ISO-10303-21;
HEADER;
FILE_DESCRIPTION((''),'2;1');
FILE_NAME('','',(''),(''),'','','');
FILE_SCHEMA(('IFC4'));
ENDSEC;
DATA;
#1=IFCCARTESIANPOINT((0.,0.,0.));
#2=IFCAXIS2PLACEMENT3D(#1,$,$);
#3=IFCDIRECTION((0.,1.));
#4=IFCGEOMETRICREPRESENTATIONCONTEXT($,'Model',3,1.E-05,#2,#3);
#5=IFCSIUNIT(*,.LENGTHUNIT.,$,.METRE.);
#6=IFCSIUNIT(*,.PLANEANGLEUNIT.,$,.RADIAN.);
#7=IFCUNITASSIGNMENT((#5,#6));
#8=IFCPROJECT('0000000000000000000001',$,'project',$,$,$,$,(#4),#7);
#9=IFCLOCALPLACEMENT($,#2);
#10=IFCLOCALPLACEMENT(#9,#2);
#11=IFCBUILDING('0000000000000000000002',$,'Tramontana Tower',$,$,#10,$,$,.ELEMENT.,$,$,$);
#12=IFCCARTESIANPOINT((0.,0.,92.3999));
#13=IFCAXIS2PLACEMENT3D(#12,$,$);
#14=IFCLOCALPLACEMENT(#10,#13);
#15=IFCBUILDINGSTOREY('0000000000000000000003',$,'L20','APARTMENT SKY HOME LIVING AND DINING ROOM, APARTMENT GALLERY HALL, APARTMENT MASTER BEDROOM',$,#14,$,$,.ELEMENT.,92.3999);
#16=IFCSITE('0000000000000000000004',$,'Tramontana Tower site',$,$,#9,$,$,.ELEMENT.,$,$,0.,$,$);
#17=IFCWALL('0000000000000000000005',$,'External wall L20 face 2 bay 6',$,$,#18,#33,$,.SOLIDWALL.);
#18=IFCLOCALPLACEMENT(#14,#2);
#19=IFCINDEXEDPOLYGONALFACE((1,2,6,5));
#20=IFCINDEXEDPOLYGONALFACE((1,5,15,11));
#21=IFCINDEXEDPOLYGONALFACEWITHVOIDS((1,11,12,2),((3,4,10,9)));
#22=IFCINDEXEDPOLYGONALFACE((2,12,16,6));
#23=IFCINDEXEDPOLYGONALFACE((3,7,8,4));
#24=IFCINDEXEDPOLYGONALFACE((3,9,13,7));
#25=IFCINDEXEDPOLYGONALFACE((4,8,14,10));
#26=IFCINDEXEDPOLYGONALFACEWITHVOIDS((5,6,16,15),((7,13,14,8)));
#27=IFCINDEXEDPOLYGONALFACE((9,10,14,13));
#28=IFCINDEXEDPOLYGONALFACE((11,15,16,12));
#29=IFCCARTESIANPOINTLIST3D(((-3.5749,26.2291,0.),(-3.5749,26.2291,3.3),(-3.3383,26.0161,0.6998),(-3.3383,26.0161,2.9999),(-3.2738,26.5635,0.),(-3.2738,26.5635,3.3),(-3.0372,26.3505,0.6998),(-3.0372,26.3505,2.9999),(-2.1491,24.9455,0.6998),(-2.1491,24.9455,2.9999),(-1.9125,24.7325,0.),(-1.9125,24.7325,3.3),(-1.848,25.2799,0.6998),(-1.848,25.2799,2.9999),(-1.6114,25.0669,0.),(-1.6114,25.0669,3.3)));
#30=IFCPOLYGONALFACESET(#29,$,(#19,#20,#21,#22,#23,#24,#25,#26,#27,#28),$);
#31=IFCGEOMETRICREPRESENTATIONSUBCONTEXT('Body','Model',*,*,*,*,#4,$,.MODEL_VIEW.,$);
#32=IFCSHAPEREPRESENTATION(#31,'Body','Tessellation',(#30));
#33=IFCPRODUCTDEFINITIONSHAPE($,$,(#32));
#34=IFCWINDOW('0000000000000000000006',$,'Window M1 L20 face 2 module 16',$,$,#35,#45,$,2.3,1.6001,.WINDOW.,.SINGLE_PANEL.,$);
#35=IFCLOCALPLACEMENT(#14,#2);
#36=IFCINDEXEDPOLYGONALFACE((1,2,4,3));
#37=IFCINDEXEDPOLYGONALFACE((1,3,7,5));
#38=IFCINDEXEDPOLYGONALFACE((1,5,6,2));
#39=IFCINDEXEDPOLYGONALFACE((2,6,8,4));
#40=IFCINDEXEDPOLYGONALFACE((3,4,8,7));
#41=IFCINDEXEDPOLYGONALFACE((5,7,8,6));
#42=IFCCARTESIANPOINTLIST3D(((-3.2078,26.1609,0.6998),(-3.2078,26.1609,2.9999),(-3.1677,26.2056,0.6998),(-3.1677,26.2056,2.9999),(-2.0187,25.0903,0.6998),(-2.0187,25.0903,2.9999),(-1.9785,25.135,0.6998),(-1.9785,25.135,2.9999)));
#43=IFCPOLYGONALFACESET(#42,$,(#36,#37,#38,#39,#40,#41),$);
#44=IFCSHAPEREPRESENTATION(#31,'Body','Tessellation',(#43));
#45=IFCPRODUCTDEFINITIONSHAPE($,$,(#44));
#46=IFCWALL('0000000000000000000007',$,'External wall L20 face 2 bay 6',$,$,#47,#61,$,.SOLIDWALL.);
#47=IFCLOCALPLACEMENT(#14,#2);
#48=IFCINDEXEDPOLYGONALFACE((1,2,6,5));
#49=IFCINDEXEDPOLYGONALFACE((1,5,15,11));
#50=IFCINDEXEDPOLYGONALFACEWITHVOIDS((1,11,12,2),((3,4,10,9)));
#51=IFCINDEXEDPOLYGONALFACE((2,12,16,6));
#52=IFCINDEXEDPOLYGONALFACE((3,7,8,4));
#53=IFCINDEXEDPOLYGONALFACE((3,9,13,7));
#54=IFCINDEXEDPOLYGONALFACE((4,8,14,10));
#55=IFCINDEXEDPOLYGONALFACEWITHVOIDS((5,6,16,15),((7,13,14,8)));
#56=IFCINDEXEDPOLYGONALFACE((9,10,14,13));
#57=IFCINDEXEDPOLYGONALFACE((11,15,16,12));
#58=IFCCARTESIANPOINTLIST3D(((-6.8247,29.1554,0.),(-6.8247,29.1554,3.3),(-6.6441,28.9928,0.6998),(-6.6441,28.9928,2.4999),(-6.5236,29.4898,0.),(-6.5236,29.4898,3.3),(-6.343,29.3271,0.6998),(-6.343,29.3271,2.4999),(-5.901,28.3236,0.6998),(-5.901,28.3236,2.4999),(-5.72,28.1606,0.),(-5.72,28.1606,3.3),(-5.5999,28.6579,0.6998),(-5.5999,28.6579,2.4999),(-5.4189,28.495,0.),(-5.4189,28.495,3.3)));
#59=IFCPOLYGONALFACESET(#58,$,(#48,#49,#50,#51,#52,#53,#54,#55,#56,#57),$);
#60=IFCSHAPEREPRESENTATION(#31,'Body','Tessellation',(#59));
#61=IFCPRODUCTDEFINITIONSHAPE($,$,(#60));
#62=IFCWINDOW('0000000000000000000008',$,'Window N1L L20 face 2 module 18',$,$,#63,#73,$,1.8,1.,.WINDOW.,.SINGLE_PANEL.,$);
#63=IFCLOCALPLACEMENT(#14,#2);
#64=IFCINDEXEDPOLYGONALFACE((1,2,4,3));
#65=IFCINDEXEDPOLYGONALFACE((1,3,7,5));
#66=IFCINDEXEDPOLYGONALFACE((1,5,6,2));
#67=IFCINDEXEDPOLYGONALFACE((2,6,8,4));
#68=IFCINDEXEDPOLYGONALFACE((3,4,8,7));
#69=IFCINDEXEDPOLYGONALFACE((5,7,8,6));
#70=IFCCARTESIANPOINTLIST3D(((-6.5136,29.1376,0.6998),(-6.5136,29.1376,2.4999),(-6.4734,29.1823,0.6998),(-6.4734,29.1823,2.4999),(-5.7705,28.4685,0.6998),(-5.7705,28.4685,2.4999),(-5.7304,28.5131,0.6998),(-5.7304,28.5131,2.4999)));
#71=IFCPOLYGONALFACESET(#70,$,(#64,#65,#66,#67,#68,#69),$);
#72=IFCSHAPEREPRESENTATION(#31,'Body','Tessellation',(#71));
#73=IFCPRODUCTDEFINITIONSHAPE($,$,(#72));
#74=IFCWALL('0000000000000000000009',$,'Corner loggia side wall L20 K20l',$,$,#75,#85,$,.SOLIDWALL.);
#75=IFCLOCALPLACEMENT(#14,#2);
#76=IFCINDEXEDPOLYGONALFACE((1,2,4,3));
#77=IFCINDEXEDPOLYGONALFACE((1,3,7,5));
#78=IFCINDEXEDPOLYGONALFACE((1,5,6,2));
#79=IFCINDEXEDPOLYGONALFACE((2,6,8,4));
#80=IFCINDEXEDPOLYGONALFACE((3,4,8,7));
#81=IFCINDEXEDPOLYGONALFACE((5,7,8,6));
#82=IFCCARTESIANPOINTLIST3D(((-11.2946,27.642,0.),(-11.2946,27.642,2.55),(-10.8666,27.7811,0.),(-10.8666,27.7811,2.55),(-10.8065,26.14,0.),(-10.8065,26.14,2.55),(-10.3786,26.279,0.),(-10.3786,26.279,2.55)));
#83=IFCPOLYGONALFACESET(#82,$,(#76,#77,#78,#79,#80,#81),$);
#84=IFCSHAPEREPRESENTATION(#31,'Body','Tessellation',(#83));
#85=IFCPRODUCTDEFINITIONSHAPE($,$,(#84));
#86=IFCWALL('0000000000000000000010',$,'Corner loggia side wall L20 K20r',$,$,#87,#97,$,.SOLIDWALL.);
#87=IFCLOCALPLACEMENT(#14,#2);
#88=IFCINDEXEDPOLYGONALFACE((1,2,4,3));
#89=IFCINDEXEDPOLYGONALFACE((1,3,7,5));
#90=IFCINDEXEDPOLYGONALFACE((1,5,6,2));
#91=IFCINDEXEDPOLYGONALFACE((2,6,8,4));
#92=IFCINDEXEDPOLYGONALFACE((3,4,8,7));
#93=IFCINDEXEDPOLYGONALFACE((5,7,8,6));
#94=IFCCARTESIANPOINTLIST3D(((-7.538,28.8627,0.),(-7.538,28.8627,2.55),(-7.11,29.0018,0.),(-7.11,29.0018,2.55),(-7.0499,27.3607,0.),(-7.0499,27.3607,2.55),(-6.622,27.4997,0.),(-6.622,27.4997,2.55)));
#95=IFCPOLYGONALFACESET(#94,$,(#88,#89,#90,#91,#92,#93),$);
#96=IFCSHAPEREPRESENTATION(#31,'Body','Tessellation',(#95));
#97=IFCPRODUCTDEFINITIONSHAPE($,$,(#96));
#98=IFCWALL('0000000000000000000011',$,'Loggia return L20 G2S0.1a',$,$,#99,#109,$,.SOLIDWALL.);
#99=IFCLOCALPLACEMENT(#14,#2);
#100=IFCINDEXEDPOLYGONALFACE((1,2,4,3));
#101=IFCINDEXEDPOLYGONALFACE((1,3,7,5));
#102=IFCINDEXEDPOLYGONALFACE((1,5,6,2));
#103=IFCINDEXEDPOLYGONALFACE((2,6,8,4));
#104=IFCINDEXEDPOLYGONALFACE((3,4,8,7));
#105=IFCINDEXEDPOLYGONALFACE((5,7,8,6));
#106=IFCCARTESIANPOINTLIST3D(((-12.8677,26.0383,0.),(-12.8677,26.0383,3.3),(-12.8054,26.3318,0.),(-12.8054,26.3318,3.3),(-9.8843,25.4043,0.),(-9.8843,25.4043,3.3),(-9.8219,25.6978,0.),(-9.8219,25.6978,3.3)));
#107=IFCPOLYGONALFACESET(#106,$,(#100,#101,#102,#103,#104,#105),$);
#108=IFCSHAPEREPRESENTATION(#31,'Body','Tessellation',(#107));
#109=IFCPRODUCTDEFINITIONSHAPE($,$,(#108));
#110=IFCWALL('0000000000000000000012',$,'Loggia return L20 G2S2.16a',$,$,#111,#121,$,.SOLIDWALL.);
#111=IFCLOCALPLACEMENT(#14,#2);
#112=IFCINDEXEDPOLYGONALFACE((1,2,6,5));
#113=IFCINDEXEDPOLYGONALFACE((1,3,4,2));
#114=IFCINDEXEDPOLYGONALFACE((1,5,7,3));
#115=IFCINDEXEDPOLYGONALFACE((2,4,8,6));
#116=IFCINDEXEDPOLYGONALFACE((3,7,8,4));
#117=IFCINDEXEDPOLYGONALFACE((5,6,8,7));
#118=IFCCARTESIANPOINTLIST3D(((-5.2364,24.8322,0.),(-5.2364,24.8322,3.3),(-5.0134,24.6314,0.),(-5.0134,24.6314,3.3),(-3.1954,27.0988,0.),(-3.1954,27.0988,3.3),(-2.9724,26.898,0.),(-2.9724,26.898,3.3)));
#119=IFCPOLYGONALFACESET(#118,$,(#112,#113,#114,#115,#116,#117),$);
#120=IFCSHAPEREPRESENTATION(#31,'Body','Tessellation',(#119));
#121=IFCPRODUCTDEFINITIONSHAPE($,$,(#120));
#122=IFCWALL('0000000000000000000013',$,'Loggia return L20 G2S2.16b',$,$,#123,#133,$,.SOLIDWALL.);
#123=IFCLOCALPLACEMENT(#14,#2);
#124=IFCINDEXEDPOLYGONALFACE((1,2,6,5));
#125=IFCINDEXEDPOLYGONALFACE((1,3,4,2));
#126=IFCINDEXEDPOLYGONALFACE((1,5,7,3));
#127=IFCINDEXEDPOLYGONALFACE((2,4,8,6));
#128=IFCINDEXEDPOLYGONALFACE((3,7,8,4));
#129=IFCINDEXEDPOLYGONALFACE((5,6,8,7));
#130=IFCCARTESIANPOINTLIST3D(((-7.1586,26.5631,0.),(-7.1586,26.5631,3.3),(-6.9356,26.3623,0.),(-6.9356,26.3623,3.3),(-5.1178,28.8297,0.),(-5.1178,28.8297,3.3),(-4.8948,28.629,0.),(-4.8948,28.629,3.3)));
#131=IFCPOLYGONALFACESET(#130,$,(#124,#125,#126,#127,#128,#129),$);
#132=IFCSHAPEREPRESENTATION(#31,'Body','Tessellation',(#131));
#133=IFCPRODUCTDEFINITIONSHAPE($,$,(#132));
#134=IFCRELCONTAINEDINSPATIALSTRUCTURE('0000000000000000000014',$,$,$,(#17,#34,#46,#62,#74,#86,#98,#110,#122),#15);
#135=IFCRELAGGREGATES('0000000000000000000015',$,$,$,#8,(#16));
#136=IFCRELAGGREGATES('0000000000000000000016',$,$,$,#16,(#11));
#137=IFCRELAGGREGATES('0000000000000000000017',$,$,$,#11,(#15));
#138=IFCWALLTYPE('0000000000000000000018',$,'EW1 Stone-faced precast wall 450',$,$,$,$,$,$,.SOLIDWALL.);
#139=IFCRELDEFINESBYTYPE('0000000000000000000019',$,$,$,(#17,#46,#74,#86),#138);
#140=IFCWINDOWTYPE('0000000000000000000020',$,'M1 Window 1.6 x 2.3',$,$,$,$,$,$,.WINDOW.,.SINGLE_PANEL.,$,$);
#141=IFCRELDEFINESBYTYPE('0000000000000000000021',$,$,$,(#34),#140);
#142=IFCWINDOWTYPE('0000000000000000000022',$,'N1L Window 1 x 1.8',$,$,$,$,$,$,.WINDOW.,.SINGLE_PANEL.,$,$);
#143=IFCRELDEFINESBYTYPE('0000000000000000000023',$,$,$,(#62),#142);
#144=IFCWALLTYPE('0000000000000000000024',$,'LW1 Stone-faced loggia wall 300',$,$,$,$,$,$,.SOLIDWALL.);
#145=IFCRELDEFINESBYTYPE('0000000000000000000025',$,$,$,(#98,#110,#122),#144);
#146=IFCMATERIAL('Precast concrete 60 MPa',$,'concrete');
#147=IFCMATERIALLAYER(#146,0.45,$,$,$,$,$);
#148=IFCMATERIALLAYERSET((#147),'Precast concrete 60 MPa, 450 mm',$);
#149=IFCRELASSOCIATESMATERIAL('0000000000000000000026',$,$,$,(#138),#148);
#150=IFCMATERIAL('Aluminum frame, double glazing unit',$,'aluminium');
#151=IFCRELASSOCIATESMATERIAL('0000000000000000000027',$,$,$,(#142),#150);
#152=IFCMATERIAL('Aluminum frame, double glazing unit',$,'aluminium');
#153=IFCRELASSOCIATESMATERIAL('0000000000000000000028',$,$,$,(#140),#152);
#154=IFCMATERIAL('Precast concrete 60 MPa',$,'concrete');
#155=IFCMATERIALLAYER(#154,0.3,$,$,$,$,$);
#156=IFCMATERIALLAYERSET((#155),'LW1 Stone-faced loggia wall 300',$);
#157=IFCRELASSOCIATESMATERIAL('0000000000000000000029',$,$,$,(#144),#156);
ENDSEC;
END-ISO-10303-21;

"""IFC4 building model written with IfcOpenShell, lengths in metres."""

from ifc_helpers import new_model, si_unit, direction, frame, frame_2d, origin, place, context, subcontext, project, spatial, rectangle, extrude, material, layer, layer_set, type_object, element, fill, save


model = new_model("IFC4")

# Units and contexts
model_context = context("Model", 3, precision=1e-05, world=origin(), true_north=direction((0.0, 1.0)))
body_context = subcontext(model_context, "Body", "Model", "MODEL_VIEW")
ifc_project = project(units=[si_unit("LENGTHUNIT", "METRE"), si_unit("PLANEANGLEUNIT", "RADIAN")], contexts=[model_context])

# Site, building, storey
site_placement = place(None, origin())
site = spatial("IfcSite", under=ifc_project, at=site_placement, Name="Tramontana Tower site", CompositionType="ELEMENT", RefElevation=0.0)
building_placement = place(site_placement, origin())
building = spatial("IfcBuilding", under=site, at=building_placement, Name="Tramontana Tower", CompositionType="ELEMENT")
storey_placement = place(building_placement, frame((0.0, 0.0, 92.3999)))
storey = spatial("IfcBuildingStorey", under=building, at=storey_placement, Name="L20", Description="APARTMENT SKY HOME LIVING AND DINING ROOM, APARTMENT GALLERY HALL, APARTMENT MASTER BEDROOM", CompositionType="ELEMENT", Elevation=92.3999)

# Walls, openings, windows
ifc_material_1 = material(Name="Precast concrete 60 MPa", Category="concrete")
ifc_layer_1 = layer(ifc_material_1, 0.45)
ifc_layer_set_1 = layer_set([ifc_layer_1], Name="Precast concrete 60 MPa, 450 mm")
wall_type_1 = type_object("IfcWallType", Name="EW1 Stone-faced precast wall 450", PredefinedType="SOLIDWALL", material=ifc_layer_set_1)
ifc_material_2 = material(Name="Aluminum frame, double glazing unit", Category="aluminium")
window_type_1 = type_object("IfcWindowType", Name="N1L Window 1 x 1.8", PartitioningType="SINGLE_PANEL", PredefinedType="WINDOW", material=ifc_material_2)
wall_1_placement = place(storey_placement, frame((-1.762, 24.8997, 0.0), z_axis=(0.0, 0.0, 1.0), x_axis=(-0.743191, 0.669079, 0.0)))
wall_1 = element("IfcWall", 1, at=wall_1_placement, inside=storey, type_object=wall_type_1, Name="External wall L20 face 2 bay 6", PredefinedType="SOLIDWALL", context=body_context, shape_type="SweptSolid", body=[
    extrude(rectangle(XDim=2.2368, YDim=0.45, at=frame_2d((1.1184, 0.0))), origin(), (0.0, 0.0, 1.0), 3.3),
])
opening_1_placement = place(wall_1_placement, frame((0.3184, 0.0, 0.7)))
opening_1 = element("IfcOpeningElement", 2, at=opening_1_placement, cuts=wall_1, PredefinedType="OPENING", context=body_context, shape_type="SweptSolid", body=[
    extrude(rectangle(XDim=1.6001, YDim=2.3, at=frame_2d((0.8, 1.1499))), frame((0.0, 0.2349, 0.0), z_axis=(0.0, -1.0, 0.0), x_axis=(1.0, 0.0, 0.0)), (0.0, 0.0, 1.0), 0.47),
])
ifc_material_3 = material(Name="Aluminum frame, double glazing unit", Category="aluminium")
window_type_2 = type_object("IfcWindowType", Name="M1 Window 1.6 x 2.3", PartitioningType="SINGLE_PANEL", PredefinedType="WINDOW", material=ifc_material_3)
window_1_placement = place(opening_1_placement, origin())
window_1 = element("IfcWindow", 3, at=window_1_placement, inside=storey, type_object=window_type_2, Name="Window M1 L20 face 2 module 16", OverallHeight=2.3, OverallWidth=1.6001, PartitioningType="SINGLE_PANEL", PredefinedType="WINDOW", context=body_context, shape_type="SweptSolid", body=[
    extrude(rectangle(XDim=1.6001, YDim=2.3, at=frame_2d((0.8, 1.1499))), frame((0.0, 0.03, 0.0), z_axis=(0.0, -1.0, 0.0), x_axis=(1.0, 0.0, 0.0)), (0.0, 0.0, 1.0), 0.0601),
])
fill(opening_1, window_1)
wall_2_placement = place(storey_placement, frame((-5.5696, 28.3279, 0.0), z_axis=(0.0, 0.0, 1.0), x_axis=(-0.74309, 0.669192, 0.0)))
wall_2 = element("IfcWall", 4, at=wall_2_placement, inside=storey, type_object=wall_type_1, Name="External wall L20 face 2 bay 6", PredefinedType="SOLIDWALL", context=body_context, shape_type="SweptSolid", body=[
    extrude(rectangle(XDim=1.4866, YDim=0.45, at=frame_2d((0.7432, 0.0))), origin(), (0.0, 0.0, 1.0), 3.3),
])
opening_2_placement = place(wall_2_placement, frame((0.2434, 0.0, 0.7)))
opening_2 = element("IfcOpeningElement", 5, at=opening_2_placement, cuts=wall_2, PredefinedType="OPENING", context=body_context, shape_type="SweptSolid", body=[
    extrude(rectangle(XDim=1.0, YDim=1.8, at=frame_2d((0.5, 0.8999))), frame((0.0, 0.2349, 0.0), z_axis=(0.0, -1.0, 0.0), x_axis=(1.0, 0.0, 0.0)), (0.0, 0.0, 1.0), 0.47),
])
window_2_placement = place(opening_2_placement, origin())
window_2 = element("IfcWindow", 6, at=window_2_placement, inside=storey, type_object=window_type_1, Name="Window N1L L20 face 2 module 18", OverallHeight=1.8, OverallWidth=1.0, PartitioningType="SINGLE_PANEL", PredefinedType="WINDOW", context=body_context, shape_type="SweptSolid", body=[
    extrude(rectangle(XDim=1.0, YDim=1.8, at=frame_2d((0.5, 0.8999))), frame((0.0, 0.03, 0.0), z_axis=(0.0, -1.0, 0.0), x_axis=(1.0, 0.0, 0.0)), (0.0, 0.0, 1.0), 0.0601),
])
fill(opening_2, window_2)

# Walls
for number, where, z_axis, x_axis, name in (
    (7, (-11.0806, 27.7114, 0.0), (0.0, 0.0, 1.0), (0.30903, -0.951052, 0.0), "Corner loggia side wall L20 K20l"),
    (8, (-7.324, 28.9321, 0.0), (0.0, 0.0, 1.0), (0.30903, -0.951052, 0.0), "Corner loggia side wall L20 K20r"),
):
    element("IfcWall", number, at=place(storey_placement, frame(where, z_axis=z_axis, x_axis=x_axis)), inside=storey, type_object=wall_type_1, Name=name, PredefinedType="SOLIDWALL", context=body_context, shape_type="SweptSolid", body=[
        extrude(rectangle(XDim=1.5793, YDim=0.45, at=frame_2d((0.7896, 0.0))), origin(), (0.0, 0.0, 1.0), 2.55),
    ])

# Shared definitions
ifc_material_4 = material(Name="Precast concrete 60 MPa", Category="concrete")
ifc_layer_2 = layer(ifc_material_4, 0.3)
ifc_layer_set_2 = layer_set([ifc_layer_2], Name="LW1 Stone-faced loggia wall 300")
wall_type_2 = type_object("IfcWallType", Name="LW1 Stone-faced loggia wall 300", PredefinedType="SOLIDWALL", material=ifc_layer_set_2)

# Wall
wall_3_placement = place(storey_placement, frame((-12.8364, 26.1851, 0.0), z_axis=(0.0, 0.0, 1.0), x_axis=(0.978155, -0.207878, 0.0)))
element("IfcWall", 9, at=wall_3_placement, inside=storey, type_object=wall_type_2, Name="Loggia return L20 G2S0.1a", PredefinedType="SOLIDWALL", context=body_context, shape_type="SweptSolid", body=[
    extrude(rectangle(XDim=3.05, YDim=0.3, at=frame_2d((1.5249, 0.0))), origin(), (0.0, 0.0, 1.0), 3.3),
])

# Walls
for number, where, z_axis, x_axis, name in (
    (10, (-3.084, 26.9983, 0.0), (0.0, 0.0, 1.0), (-0.669159, -0.743119, 0.0), "Loggia return L20 G2S2.16a"),
    (11, (-5.0063, 28.7292, 0.0), (0.0, 0.0, 1.0), (-0.669115, -0.743159, 0.0), "Loggia return L20 G2S2.16b"),
):
    element("IfcWall", number, at=place(storey_placement, frame(where, z_axis=z_axis, x_axis=x_axis)), inside=storey, type_object=wall_type_2, Name=name, PredefinedType="SOLIDWALL", context=body_context, shape_type="SweptSolid", body=[
        extrude(rectangle(XDim=3.05, YDim=0.3, at=frame_2d((1.5249, 0.0))), origin(), (0.0, 0.0, 1.0), 3.3),
    ])

save(model, "model.ifc")
